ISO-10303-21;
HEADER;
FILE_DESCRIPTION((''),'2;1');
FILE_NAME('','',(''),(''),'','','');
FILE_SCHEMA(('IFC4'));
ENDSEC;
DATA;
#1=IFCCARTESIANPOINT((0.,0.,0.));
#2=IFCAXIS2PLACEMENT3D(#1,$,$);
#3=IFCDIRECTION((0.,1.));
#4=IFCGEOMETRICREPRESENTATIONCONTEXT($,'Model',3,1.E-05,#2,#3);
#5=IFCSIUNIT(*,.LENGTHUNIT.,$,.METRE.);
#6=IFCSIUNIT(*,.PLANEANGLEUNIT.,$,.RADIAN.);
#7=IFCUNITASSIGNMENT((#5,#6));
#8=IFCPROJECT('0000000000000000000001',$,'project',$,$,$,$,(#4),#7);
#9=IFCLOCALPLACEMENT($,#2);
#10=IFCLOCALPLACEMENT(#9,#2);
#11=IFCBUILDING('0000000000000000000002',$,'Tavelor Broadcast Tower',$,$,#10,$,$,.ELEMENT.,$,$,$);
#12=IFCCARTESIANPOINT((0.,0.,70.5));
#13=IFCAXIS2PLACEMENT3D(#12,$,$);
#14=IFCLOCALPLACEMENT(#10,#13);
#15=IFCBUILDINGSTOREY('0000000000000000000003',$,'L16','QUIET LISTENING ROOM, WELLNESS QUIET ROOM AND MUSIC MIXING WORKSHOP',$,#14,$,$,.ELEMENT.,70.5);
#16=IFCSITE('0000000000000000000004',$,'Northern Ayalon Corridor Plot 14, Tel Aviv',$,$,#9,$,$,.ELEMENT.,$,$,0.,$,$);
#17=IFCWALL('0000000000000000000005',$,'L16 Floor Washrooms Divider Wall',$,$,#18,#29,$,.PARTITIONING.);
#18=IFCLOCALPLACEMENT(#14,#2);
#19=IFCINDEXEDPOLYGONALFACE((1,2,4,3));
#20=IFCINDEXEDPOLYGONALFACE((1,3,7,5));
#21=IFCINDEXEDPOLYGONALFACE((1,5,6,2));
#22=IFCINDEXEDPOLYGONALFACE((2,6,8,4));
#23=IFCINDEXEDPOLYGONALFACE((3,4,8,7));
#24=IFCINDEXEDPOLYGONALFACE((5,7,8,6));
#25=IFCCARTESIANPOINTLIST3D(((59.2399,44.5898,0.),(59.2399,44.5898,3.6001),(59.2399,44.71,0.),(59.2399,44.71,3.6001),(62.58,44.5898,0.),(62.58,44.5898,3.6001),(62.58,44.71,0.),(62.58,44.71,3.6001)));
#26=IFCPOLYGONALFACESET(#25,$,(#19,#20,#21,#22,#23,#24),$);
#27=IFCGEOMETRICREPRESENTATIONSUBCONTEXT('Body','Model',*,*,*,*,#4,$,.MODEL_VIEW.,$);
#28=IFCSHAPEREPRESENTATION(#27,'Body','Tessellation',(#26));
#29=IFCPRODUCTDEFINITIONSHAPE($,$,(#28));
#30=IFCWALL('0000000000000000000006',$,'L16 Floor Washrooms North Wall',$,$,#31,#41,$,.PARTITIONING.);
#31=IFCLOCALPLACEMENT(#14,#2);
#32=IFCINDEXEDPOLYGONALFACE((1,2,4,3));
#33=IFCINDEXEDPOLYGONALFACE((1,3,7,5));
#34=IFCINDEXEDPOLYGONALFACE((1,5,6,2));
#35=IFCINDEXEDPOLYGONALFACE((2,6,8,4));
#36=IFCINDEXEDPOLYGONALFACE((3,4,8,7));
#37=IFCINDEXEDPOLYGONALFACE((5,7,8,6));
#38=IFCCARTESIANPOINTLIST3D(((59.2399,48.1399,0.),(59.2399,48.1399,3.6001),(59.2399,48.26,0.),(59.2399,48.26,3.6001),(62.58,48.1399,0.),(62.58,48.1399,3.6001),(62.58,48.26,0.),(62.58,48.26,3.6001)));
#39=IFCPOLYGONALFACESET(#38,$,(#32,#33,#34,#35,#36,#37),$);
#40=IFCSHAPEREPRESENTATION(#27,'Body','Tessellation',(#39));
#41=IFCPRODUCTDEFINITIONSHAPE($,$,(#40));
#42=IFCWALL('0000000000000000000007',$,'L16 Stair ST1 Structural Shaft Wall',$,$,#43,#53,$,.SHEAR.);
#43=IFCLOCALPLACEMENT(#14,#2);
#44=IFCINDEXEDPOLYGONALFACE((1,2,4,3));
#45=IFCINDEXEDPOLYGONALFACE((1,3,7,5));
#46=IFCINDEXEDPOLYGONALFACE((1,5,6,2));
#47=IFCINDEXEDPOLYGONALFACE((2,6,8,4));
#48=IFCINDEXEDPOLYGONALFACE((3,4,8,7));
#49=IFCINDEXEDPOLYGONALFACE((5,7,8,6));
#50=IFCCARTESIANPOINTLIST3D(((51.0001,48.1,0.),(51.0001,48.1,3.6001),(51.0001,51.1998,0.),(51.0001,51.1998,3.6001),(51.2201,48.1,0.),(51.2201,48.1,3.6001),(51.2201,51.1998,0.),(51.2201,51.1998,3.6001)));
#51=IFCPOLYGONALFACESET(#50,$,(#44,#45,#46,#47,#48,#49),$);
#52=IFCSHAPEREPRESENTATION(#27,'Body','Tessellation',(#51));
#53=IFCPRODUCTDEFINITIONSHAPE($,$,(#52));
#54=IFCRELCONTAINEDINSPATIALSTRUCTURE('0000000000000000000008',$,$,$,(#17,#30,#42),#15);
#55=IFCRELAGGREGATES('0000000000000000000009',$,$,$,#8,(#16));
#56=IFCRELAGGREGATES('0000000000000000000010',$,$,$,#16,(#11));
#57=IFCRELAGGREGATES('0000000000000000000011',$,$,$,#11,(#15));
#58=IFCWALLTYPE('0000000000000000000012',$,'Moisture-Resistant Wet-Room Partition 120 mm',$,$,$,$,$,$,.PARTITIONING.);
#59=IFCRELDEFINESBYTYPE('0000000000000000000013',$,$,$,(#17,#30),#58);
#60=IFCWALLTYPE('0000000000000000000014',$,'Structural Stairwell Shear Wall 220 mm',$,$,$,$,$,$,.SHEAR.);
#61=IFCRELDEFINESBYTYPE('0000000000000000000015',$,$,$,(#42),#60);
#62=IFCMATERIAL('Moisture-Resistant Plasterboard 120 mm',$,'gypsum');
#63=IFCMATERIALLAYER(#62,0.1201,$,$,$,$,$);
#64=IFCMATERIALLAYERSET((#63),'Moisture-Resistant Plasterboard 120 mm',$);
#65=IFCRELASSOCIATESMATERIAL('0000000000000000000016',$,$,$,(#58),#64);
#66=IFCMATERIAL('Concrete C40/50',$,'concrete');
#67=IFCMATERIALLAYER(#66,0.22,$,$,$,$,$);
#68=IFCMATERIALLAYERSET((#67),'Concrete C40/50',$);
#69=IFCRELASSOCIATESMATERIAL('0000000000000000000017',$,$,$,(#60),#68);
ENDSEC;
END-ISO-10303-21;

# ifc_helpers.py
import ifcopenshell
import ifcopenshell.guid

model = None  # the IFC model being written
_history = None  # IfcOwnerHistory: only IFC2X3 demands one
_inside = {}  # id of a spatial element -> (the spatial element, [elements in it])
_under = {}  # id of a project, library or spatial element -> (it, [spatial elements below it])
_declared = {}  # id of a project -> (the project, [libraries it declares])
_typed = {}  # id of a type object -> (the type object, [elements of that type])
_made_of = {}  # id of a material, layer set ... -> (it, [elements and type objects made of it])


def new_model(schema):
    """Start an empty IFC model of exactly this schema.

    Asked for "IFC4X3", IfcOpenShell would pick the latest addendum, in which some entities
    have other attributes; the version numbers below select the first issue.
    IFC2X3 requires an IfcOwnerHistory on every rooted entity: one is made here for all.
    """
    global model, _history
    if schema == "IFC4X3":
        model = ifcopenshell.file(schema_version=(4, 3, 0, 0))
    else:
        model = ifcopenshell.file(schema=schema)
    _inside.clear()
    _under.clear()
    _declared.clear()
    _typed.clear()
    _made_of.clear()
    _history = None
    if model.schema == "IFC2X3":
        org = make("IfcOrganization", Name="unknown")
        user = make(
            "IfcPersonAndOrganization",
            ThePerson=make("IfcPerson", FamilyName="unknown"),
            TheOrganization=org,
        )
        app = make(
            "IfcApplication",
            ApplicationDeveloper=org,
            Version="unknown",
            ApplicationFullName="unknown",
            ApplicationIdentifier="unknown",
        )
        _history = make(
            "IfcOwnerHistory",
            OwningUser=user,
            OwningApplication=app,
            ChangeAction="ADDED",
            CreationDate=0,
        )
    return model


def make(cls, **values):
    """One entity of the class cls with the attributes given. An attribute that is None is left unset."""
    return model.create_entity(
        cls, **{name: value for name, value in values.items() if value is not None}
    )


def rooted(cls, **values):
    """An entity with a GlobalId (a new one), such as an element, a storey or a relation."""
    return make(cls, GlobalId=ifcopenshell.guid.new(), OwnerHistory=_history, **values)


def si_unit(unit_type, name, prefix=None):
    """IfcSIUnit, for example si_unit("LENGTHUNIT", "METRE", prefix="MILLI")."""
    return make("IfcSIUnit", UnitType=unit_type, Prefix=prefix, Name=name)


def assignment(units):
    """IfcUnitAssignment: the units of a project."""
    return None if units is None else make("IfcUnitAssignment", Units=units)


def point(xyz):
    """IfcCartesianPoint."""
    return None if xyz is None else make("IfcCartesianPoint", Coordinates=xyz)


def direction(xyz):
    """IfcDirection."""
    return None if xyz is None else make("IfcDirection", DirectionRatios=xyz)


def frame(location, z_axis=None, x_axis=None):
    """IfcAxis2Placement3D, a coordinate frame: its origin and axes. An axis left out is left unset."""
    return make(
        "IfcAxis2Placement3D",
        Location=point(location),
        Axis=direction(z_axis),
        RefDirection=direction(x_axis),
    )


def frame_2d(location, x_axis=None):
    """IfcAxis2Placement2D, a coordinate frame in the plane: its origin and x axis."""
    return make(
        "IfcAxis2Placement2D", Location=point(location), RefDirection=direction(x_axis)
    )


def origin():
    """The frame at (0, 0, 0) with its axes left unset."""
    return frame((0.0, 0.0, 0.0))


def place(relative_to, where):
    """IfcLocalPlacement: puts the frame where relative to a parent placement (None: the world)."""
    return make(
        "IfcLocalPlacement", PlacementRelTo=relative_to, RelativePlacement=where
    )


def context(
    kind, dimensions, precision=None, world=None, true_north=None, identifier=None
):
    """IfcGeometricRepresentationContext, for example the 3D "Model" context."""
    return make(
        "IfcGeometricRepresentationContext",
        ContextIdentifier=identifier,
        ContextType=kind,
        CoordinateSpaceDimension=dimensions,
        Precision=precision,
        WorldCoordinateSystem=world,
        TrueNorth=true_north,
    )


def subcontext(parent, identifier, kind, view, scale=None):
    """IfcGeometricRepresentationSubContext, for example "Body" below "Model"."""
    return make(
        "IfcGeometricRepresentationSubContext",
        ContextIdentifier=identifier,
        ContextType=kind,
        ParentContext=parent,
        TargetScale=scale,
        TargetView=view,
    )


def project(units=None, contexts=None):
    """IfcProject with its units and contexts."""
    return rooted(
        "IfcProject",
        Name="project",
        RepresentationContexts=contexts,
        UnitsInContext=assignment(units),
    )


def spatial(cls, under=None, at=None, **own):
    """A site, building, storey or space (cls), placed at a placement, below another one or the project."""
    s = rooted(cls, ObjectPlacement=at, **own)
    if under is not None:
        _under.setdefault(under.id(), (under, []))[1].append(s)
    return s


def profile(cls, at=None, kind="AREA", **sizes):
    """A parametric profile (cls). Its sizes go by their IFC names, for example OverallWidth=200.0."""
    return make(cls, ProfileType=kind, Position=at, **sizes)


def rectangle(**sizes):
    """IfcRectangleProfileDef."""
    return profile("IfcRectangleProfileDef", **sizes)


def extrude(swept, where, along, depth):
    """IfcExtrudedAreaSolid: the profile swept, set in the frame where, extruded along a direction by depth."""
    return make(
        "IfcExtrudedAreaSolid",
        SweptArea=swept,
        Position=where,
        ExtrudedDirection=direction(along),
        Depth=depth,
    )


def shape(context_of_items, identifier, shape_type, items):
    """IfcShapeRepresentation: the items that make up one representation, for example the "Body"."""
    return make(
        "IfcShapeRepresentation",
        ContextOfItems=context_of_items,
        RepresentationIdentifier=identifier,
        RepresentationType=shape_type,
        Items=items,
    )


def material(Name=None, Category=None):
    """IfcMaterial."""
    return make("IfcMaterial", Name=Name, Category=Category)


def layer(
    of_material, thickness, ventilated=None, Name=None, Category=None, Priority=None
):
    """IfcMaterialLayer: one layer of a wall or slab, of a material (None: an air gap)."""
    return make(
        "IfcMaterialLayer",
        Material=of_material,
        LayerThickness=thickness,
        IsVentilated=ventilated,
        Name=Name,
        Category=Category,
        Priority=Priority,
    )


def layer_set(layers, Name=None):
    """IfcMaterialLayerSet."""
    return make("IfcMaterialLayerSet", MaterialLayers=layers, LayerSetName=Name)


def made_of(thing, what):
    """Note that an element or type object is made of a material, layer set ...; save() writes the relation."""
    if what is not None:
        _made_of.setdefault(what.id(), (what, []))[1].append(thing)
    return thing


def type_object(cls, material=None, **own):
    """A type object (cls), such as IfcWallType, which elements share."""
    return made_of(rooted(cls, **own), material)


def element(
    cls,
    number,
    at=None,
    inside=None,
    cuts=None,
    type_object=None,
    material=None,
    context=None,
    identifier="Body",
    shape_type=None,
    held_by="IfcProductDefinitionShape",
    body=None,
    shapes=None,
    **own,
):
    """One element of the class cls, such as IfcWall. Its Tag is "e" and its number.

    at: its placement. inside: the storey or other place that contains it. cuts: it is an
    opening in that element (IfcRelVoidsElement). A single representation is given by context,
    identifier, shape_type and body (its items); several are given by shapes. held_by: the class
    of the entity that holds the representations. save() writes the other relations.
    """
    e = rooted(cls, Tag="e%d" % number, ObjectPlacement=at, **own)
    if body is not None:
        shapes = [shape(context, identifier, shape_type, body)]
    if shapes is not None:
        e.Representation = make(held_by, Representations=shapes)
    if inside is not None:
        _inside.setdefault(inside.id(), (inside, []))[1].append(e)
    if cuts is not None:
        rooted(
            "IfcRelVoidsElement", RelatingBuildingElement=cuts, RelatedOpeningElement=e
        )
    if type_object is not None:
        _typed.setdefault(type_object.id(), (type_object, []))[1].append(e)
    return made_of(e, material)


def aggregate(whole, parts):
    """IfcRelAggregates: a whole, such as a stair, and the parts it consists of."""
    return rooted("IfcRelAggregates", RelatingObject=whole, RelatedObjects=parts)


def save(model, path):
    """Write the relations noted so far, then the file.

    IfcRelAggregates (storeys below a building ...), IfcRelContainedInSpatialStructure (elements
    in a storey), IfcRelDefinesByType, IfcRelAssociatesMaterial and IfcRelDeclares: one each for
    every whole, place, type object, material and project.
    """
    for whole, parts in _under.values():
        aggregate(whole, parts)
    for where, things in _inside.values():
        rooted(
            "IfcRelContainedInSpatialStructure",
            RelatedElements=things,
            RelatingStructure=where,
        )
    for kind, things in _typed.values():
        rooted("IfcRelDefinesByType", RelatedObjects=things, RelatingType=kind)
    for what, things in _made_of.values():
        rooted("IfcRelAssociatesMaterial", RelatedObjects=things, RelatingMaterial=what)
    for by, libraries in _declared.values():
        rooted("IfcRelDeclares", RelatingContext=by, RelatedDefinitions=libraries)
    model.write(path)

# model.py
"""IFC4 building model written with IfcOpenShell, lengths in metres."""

from ifc_helpers import new_model, si_unit, direction, frame, frame_2d, origin, place, context, subcontext, project, spatial, rectangle, extrude, material, layer, layer_set, type_object, element, save


model = new_model("IFC4")

# Units and contexts
model_context = context("Model", 3, precision=1e-05, world=origin(), true_north=direction((0.0, 1.0)))
body_context = subcontext(model_context, "Body", "Model", "MODEL_VIEW")
ifc_project = project(units=[si_unit("LENGTHUNIT", "METRE"), si_unit("PLANEANGLEUNIT", "RADIAN")], contexts=[model_context])

# Site, building, storey
site_placement = place(None, origin())
site = spatial("IfcSite", under=ifc_project, at=site_placement, Name="Northern Ayalon Corridor Plot 14, Tel Aviv", CompositionType="ELEMENT", RefElevation=0.0)
building_placement = place(site_placement, origin())
building = spatial("IfcBuilding", under=site, at=building_placement, Name="Tavelor Broadcast Tower", CompositionType="ELEMENT")
storey_placement = place(building_placement, frame((0.0, 0.0, 70.5)))
storey = spatial("IfcBuildingStorey", under=building, at=storey_placement, Name="L16", Description="QUIET LISTENING ROOM, WELLNESS QUIET ROOM AND MUSIC MIXING WORKSHOP", CompositionType="ELEMENT", Elevation=70.5)

# Shared definitions
ifc_material_1 = material(Name="Concrete C40/50", Category="concrete")

# Walls
ifc_material_2 = material(Name="Moisture-Resistant Plasterboard 120 mm", Category="gypsum")
ifc_layer_1 = layer(ifc_material_2, 0.1201)
ifc_layer_set_1 = layer_set([ifc_layer_1], Name="Moisture-Resistant Plasterboard 120 mm")
wall_type_1 = type_object("IfcWallType", Name="Moisture-Resistant Wet-Room Partition 120 mm", PredefinedType="PARTITIONING", material=ifc_layer_set_1)
for number, where, z_axis, x_axis, name in (
    (1, (59.24, 44.6499, 0.0), (0.0, 0.0, 1.0), (1.0, 0.0, 0.0), "L16 Floor Washrooms Divider Wall"),
    (2, (59.24, 48.2, 0.0), (0.0, 0.0, 1.0), (1.0, 0.0, 0.0), "L16 Floor Washrooms North Wall"),
):
    element("IfcWall", number, at=place(storey_placement, frame(where, z_axis=z_axis, x_axis=x_axis)), inside=storey, type_object=wall_type_1, Name=name, PredefinedType="PARTITIONING", context=body_context, shape_type="SweptSolid", body=[
        extrude(rectangle(XDim=3.3401, YDim=0.1201, at=frame_2d((1.6699, 0.0))), origin(), (0.0, 0.0, 1.0), 3.6001),
    ])
ifc_layer_2 = layer(ifc_material_1, 0.22)
ifc_layer_set_2 = layer_set([ifc_layer_2], Name="Concrete C40/50")
wall_type_2 = type_object("IfcWallType", Name="Structural Stairwell Shear Wall 220 mm", PredefinedType="SHEAR", material=ifc_layer_set_2)
wall_1_placement = place(storey_placement, frame((51.1101, 48.1001, 0.0), z_axis=(0.0, 0.0, 1.0), x_axis=(0.0, 1.0, 0.0)))
element("IfcWall", 3, at=wall_1_placement, inside=storey, type_object=wall_type_2, Name="L16 Stair ST1 Structural Shaft Wall", PredefinedType="SHEAR", context=body_context, shape_type="SweptSolid", body=[
    extrude(rectangle(XDim=3.0999, YDim=0.22, at=frame_2d((1.5498, 0.0))), origin(), (0.0, 0.0, 1.0), 3.6001),
])

save(model, "model.ifc")
